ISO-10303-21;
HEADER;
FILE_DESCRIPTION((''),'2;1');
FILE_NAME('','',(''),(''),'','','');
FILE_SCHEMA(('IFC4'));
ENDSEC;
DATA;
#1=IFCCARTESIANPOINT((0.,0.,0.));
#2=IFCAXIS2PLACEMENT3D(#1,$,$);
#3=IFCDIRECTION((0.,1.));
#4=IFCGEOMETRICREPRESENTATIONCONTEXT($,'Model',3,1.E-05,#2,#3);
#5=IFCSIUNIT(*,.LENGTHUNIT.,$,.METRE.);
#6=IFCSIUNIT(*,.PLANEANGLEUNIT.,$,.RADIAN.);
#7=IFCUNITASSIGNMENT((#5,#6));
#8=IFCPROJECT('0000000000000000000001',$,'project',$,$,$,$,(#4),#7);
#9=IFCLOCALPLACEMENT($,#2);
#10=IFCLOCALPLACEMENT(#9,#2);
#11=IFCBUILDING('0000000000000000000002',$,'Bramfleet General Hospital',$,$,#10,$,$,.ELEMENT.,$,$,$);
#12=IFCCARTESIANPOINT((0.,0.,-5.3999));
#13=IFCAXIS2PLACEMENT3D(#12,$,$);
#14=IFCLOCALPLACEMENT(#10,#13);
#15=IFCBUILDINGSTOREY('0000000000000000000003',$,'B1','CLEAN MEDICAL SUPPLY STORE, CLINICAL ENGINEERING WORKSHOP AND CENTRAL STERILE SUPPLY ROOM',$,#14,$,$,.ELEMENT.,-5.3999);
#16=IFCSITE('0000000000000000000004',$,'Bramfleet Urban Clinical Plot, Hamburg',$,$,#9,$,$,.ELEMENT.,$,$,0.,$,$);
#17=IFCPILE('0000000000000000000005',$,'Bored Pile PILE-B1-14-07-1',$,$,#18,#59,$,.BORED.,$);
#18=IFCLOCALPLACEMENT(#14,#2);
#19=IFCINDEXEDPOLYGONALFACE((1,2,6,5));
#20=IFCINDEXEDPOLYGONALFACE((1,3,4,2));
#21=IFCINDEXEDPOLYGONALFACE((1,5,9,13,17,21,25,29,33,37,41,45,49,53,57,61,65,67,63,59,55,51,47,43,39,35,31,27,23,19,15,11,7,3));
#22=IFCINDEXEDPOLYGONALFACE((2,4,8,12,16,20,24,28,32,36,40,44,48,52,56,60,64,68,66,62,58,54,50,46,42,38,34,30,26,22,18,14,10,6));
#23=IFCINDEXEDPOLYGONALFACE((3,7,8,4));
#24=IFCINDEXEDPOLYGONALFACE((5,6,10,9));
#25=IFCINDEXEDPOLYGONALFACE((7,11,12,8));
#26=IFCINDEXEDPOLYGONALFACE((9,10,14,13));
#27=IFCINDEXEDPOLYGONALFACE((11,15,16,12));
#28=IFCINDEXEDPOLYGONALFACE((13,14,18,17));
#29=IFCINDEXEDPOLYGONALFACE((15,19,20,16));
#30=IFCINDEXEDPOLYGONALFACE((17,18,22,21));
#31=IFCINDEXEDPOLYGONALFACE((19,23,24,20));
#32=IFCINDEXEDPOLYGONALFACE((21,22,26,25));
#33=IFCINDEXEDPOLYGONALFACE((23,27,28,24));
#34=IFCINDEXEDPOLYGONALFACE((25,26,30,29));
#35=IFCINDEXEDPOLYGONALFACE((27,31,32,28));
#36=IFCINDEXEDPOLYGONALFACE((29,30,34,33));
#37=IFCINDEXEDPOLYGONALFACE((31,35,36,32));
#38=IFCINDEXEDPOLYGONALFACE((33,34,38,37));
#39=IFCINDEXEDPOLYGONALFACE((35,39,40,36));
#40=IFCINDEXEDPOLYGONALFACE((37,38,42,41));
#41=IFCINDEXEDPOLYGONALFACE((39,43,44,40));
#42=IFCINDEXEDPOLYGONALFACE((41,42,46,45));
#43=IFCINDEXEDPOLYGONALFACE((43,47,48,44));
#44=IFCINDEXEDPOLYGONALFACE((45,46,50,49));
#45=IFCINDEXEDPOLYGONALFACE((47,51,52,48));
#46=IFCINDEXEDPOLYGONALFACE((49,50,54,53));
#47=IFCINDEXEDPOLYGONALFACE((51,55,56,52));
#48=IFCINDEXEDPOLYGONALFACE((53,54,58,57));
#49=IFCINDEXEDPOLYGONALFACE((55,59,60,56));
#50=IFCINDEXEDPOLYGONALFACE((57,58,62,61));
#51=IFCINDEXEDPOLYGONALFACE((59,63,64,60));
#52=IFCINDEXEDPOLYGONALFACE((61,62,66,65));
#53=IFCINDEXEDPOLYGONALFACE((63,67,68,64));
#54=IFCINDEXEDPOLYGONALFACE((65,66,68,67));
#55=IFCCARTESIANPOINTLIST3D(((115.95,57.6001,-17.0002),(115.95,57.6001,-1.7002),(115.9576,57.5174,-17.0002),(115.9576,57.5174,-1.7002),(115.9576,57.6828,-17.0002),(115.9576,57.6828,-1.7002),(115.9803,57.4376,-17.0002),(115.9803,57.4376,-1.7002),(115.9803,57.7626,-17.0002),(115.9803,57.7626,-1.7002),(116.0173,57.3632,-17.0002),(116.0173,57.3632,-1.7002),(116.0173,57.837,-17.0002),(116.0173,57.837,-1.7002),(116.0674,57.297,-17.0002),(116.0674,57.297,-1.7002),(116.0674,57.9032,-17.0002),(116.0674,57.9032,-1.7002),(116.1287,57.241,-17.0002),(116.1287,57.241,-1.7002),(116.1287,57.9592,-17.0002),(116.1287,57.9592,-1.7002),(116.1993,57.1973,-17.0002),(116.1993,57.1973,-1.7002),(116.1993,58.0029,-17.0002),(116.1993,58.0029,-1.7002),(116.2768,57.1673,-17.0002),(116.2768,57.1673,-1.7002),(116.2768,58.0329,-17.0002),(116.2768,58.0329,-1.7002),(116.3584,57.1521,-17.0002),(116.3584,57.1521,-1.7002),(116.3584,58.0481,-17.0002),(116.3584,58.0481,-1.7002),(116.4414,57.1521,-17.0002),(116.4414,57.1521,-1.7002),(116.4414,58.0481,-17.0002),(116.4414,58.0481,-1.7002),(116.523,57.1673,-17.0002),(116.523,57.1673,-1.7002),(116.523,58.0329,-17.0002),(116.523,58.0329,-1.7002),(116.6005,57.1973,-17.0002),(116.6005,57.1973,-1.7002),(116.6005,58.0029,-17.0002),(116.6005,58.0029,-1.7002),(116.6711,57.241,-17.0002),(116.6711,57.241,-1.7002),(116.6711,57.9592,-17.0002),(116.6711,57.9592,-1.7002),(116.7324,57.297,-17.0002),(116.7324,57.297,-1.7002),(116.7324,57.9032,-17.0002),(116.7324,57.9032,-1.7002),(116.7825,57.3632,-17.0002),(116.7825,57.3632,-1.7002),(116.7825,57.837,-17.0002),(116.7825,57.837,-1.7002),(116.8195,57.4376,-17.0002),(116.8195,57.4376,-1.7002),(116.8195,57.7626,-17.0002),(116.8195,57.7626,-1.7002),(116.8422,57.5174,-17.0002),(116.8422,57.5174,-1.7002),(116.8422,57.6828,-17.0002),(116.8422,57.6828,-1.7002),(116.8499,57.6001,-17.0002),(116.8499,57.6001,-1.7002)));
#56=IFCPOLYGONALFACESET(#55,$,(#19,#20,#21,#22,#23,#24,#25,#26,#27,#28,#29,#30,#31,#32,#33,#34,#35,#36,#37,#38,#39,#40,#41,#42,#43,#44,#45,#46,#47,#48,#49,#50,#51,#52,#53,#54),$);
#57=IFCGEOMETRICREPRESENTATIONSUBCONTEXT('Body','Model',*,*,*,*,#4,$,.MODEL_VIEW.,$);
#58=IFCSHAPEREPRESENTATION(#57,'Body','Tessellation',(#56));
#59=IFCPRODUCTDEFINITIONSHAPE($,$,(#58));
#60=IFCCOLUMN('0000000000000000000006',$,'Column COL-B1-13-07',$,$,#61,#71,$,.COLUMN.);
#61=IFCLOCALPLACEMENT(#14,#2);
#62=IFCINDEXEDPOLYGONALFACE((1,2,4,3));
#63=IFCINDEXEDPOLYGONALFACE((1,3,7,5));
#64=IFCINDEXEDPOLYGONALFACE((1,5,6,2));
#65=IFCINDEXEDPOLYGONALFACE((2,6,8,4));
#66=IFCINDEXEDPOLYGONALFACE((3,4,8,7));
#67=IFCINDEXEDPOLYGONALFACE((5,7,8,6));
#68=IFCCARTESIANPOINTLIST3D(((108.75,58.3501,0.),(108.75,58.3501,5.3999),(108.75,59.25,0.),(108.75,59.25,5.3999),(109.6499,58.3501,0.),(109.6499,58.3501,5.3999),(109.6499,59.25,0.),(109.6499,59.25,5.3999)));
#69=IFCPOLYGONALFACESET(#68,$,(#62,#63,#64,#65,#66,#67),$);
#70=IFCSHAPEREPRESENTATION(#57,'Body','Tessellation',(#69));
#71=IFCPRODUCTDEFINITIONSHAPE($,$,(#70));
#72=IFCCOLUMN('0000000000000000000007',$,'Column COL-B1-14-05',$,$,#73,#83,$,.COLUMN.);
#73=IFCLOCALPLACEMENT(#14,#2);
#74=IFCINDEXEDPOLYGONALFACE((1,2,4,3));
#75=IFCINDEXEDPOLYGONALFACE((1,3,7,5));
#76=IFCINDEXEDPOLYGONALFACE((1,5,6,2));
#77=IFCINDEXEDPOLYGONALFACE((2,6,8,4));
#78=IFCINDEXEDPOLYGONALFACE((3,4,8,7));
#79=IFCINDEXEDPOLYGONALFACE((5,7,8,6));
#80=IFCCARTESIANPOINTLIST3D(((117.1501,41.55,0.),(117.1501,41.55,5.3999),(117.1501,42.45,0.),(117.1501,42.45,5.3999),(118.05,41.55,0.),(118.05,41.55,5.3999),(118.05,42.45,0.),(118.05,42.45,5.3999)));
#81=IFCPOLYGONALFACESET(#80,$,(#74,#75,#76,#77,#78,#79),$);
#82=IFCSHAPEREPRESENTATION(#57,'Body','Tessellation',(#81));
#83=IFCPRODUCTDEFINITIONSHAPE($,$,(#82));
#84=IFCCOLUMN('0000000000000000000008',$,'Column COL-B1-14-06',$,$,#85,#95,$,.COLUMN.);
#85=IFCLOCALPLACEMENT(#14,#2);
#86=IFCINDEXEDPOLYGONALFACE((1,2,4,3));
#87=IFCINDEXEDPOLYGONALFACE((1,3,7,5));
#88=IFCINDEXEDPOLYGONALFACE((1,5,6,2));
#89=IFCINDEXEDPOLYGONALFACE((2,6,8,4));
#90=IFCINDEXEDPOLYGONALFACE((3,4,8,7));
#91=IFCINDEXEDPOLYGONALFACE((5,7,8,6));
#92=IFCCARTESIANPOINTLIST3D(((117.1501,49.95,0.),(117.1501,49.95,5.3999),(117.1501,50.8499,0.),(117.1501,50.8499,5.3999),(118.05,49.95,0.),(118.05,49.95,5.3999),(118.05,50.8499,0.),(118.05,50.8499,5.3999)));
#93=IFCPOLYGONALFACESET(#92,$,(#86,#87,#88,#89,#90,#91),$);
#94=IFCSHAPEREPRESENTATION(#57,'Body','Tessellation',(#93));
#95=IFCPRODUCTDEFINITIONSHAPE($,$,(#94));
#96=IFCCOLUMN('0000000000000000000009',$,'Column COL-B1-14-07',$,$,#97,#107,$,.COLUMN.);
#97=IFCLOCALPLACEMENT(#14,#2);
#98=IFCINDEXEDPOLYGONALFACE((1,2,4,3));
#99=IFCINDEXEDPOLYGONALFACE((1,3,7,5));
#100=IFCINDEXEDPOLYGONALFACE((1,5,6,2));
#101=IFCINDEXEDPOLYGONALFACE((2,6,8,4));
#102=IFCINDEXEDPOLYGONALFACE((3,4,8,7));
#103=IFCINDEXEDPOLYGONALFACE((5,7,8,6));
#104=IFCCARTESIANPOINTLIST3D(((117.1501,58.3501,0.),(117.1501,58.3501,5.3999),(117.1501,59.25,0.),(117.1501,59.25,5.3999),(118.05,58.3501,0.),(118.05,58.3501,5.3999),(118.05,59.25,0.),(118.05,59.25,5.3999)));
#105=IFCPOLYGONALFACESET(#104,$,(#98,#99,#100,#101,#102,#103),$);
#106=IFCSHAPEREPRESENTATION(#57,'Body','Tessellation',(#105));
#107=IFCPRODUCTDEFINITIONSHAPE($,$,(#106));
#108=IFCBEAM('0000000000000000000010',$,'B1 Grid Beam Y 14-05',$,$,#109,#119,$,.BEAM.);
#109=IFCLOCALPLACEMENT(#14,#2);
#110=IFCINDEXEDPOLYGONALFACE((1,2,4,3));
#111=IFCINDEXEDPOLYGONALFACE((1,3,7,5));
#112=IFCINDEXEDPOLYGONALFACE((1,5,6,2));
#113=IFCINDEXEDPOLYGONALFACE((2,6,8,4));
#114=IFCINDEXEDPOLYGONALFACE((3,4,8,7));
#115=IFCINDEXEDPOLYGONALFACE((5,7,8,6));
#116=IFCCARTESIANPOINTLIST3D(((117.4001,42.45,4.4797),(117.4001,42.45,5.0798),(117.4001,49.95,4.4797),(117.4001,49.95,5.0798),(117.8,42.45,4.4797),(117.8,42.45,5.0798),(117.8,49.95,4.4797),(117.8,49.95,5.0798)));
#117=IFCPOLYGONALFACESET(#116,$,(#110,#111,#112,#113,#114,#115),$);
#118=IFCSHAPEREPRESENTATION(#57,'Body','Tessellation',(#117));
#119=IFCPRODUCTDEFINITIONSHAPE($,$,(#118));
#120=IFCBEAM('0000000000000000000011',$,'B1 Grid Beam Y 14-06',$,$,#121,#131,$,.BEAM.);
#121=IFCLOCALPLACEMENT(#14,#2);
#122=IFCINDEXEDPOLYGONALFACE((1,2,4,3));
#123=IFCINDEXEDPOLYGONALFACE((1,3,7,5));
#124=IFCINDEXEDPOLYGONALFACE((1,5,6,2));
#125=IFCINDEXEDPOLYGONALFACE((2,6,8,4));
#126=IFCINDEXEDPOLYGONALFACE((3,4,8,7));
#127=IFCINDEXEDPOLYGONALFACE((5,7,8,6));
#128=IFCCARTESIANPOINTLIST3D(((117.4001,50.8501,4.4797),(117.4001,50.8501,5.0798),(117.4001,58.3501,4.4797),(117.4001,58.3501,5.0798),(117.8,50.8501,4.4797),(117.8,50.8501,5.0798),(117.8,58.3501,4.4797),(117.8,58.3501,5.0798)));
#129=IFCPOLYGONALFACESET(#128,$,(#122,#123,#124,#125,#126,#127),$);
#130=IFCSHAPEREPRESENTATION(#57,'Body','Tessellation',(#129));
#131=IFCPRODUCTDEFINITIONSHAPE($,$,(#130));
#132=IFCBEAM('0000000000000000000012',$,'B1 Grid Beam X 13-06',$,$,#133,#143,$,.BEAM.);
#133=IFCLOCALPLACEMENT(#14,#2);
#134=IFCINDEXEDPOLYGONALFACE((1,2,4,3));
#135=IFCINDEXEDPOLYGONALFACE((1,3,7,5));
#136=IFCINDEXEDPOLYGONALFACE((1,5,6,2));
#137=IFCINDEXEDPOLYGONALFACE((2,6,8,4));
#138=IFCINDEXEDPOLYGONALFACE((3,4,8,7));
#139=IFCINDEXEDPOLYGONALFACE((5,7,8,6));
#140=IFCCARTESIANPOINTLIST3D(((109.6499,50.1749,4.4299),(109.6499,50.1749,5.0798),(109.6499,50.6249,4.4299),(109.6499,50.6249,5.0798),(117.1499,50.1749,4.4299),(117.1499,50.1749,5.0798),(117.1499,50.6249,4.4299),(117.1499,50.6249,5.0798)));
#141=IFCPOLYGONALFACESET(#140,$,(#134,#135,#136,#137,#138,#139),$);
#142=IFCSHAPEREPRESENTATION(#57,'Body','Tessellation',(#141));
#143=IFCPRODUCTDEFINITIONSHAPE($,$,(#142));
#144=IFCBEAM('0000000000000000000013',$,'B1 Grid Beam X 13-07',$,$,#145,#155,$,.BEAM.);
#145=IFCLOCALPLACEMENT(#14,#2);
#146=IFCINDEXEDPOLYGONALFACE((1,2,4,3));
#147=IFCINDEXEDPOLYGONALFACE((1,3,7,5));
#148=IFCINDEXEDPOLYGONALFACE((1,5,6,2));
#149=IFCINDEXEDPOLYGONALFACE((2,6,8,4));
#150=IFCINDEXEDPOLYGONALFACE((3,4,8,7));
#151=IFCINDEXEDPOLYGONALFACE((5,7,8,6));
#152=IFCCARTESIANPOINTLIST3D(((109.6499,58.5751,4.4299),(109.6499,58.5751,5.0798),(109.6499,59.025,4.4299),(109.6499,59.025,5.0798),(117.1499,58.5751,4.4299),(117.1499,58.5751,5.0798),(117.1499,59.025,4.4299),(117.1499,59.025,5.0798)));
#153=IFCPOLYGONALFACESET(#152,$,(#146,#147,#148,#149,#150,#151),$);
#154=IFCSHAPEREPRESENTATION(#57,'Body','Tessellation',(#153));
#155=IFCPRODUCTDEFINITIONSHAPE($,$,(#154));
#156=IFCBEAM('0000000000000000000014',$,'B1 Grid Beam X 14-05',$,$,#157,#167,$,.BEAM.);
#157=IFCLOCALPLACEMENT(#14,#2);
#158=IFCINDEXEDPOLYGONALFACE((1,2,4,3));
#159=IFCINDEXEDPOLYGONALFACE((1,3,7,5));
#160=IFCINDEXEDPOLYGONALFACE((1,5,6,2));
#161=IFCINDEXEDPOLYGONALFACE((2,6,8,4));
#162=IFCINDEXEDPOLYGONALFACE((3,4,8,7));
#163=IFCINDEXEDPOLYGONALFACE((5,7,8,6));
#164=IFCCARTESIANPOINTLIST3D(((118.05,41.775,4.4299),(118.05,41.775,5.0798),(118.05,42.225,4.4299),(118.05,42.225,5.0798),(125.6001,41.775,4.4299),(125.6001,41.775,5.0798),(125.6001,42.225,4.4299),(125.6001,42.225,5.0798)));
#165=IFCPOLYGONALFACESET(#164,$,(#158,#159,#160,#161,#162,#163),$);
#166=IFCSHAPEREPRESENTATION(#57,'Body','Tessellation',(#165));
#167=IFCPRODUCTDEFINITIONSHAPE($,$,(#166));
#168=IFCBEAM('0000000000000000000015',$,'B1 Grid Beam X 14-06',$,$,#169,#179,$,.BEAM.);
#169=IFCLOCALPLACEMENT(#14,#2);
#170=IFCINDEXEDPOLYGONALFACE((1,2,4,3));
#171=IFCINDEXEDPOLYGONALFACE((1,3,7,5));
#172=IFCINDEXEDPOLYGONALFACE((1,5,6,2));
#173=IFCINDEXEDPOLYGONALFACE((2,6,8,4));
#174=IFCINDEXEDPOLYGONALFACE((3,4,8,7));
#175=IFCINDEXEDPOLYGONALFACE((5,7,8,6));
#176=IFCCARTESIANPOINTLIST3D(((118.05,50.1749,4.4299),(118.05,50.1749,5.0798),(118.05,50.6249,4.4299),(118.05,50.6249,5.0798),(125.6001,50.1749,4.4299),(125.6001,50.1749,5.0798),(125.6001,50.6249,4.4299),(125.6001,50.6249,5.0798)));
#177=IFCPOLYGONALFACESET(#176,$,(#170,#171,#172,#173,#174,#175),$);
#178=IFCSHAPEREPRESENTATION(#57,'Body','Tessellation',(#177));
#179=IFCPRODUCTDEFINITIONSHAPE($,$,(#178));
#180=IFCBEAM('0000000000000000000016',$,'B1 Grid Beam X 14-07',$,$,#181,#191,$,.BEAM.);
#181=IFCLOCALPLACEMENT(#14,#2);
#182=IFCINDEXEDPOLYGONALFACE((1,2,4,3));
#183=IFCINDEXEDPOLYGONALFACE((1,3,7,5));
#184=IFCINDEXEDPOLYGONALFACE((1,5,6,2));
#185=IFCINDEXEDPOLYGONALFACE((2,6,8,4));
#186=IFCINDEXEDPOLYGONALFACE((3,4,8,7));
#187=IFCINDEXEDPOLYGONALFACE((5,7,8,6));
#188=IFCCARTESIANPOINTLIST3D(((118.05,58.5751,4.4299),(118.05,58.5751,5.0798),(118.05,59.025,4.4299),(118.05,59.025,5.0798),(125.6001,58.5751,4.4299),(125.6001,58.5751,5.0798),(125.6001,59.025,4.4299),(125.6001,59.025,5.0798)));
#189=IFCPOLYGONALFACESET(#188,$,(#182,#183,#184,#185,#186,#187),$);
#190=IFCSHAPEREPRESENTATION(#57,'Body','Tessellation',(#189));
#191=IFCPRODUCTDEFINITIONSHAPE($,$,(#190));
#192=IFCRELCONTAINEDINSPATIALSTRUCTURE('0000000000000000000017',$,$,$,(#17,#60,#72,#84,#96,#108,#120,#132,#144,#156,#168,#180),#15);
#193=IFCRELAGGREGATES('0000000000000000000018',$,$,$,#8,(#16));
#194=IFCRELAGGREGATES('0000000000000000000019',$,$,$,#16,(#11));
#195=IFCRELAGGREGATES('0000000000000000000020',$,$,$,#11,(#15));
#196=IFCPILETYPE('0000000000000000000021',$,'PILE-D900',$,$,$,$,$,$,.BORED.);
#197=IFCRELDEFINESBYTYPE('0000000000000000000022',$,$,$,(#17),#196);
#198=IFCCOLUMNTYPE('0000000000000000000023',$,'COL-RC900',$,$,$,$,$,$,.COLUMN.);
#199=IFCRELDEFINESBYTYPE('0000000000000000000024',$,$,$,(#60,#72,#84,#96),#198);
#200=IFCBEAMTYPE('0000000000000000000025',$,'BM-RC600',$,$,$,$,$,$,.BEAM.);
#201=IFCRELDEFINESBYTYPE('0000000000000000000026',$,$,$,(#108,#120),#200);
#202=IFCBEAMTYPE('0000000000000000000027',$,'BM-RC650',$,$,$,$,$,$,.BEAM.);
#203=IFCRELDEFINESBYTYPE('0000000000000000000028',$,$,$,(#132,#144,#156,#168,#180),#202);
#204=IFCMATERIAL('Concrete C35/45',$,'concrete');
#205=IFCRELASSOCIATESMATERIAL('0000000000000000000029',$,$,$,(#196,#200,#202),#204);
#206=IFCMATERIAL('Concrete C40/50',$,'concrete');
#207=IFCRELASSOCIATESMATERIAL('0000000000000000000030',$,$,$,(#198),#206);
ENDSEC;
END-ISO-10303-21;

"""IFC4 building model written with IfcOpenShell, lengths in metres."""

from ifc_helpers import new_model, si_unit, direction, frame, origin, origin_2d, place, context, subcontext, project, spatial, rectangle, circle, extrude, material, material_profile, profile_set, type_object, element, save


model = new_model("IFC4")

# Units and contexts
model_context = context("Model", 3, precision=1e-05, world=origin(), true_north=direction((0.0, 1.0)))
body_context = subcontext(model_context, "Body", "Model", "MODEL_VIEW")
ifc_project = project(units=[si_unit("LENGTHUNIT", "METRE"), si_unit("PLANEANGLEUNIT", "RADIAN")], contexts=[model_context])

# Site, building, storey
site_placement = place(None, origin())
site = spatial("IfcSite", under=ifc_project, at=site_placement, Name="Bramfleet Urban Clinical Plot, Hamburg", CompositionType="ELEMENT", RefElevation=0.0)
building_placement = place(site_placement, origin())
building = spatial("IfcBuilding", under=site, at=building_placement, Name="Bramfleet General Hospital", CompositionType="ELEMENT")
storey_placement = place(building_placement, frame((0.0, 0.0, -5.3999)))
storey = spatial("IfcBuildingStorey", under=building, at=storey_placement, Name="B1", Description="CLEAN MEDICAL SUPPLY STORE, CLINICAL ENGINEERING WORKSHOP AND CENTRAL STERILE SUPPLY ROOM", CompositionType="ELEMENT", Elevation=-5.3999)

# Shared definitions
ifc_material_1 = material(Name="Concrete C35/45", Category="concrete")

# Pile
ifc_material_profile_1 = material_profile(ifc_material_1, circle(Radius=0.45, at=origin_2d()), Name="PILE BORED D900")
ifc_profile_set_1 = profile_set([ifc_material_profile_1], Name="Concrete C35/45")
pile_type = type_object("IfcPileType", Name="PILE-D900", PredefinedType="BORED", material=ifc_profile_set_1)
for number, where, z_axis, x_axis, name in (
    (1, (116.3999, 57.6001, -1.7002), (0.0, 0.0, -1.0), (1.0, 0.0, 0.0), "Bored Pile PILE-B1-14-07-1"),
):
    element("IfcPile", number, at=place(storey_placement, frame(where, z_axis=z_axis, x_axis=x_axis)), inside=storey, type_object=pile_type, Name=name, PredefinedType="BORED", context=body_context, shape_type="SweptSolid", body=[
        extrude(circle(Radius=0.45, at=origin_2d()), origin(), (0.0, 0.0, 1.0), 15.3),
    ])

# Columns
ifc_material_2 = material(Name="Concrete C40/50", Category="concrete")
ifc_material_profile_2 = material_profile(ifc_material_2, rectangle(XDim=0.8999, YDim=0.8999, at=origin_2d()), Name="RC COL 900x900")
ifc_profile_set_2 = profile_set([ifc_material_profile_2], Name="Concrete C40/50")
column_type = type_object("IfcColumnType", Name="COL-RC900", PredefinedType="COLUMN", material=ifc_profile_set_2)
for number, where, z_axis, x_axis, name in (
    (2, (109.2, 58.8, 0.0), (0.0, 0.0, 1.0), (1.0, 0.0, 0.0), "Column COL-B1-13-07"),
    (3, (117.6001, 42.0, 0.0), (0.0, 0.0, 1.0), (1.0, 0.0, 0.0), "Column COL-B1-14-05"),
    (4, (117.6001, 50.3999, 0.0), (0.0, 0.0, 1.0), (1.0, 0.0, 0.0), "Column COL-B1-14-06"),
    (5, (117.6001, 58.8, 0.0), (0.0, 0.0, 1.0), (1.0, 0.0, 0.0), "Column COL-B1-14-07"),
):
    element("IfcColumn", number, at=place(storey_placement, frame(where, z_axis=z_axis, x_axis=x_axis)), inside=storey, type_object=column_type, Name=name, PredefinedType="COLUMN", context=body_context, shape_type="SweptSolid", body=[
        extrude(rectangle(XDim=0.8999, YDim=0.8999, at=origin_2d()), origin(), (0.0, 0.0, 1.0), 5.3999),
    ])

# Beams
ifc_material_profile_3 = material_profile(ifc_material_1, rectangle(XDim=0.3999, YDim=0.6001, at=origin_2d()), Name="RC BM 600x400")
ifc_profile_set_3 = profile_set([ifc_material_profile_3], Name="Concrete C35/45")
beam_type_1 = type_object("IfcBeamType", Name="BM-RC600", PredefinedType="BEAM", material=ifc_profile_set_3)
for number, where, z_axis, x_axis, name in (
    (6, (117.6001, 42.45, 4.7798), (0.0, 1.0, 0.0), (-1.0, 0.0, 0.0), "B1 Grid Beam Y 14-05"),
    (7, (117.6001, 50.8501, 4.7798), (0.0, 1.0, 0.0), (-1.0, 0.0, 0.0), "B1 Grid Beam Y 14-06"),
):
    element("IfcBeam", number, at=place(storey_placement, frame(where, z_axis=z_axis, x_axis=x_axis)), inside=storey, type_object=beam_type_1, Name=name, PredefinedType="BEAM", context=body_context, shape_type="SweptSolid", body=[
        extrude(rectangle(XDim=0.3999, YDim=0.6001, at=origin_2d()), origin(), (0.0, 0.0, 1.0), 7.5),
    ])
ifc_material_profile_4 = material_profile(ifc_material_1, rectangle(XDim=0.45, YDim=0.6499, at=origin_2d()), Name="RC BM 650x450")
ifc_profile_set_4 = profile_set([ifc_material_profile_4], Name="Concrete C35/45")
beam_type_2 = type_object("IfcBeamType", Name="BM-RC650", PredefinedType="BEAM", material=ifc_profile_set_4)
for number, where, z_axis, x_axis, name in (
    (8, (109.6499, 50.3999, 4.7549), (1.0, 0.0, 0.0), (0.0, 1.0, 0.0), "B1 Grid Beam X 13-06"),
    (9, (109.6499, 58.8, 4.7549), (1.0, 0.0, 0.0), (0.0, 1.0, 0.0), "B1 Grid Beam X 13-07"),
):
    element("IfcBeam", number, at=place(storey_placement, frame(where, z_axis=z_axis, x_axis=x_axis)), inside=storey, type_object=beam_type_2, Name=name, PredefinedType="BEAM", context=body_context, shape_type="SweptSolid", body=[
        extrude(rectangle(XDim=0.45, YDim=0.6499, at=origin_2d()), origin(), (0.0, 0.0, 1.0), 7.5),
    ])
for number, where, z_axis, x_axis, name in (
    (10, (118.05, 42.0, 4.7549), (1.0, 0.0, 0.0), (0.0, 1.0, 0.0), "B1 Grid Beam X 14-05"),
    (11, (118.05, 50.3999, 4.7549), (1.0, 0.0, 0.0), (0.0, 1.0, 0.0), "B1 Grid Beam X 14-06"),
    (12, (118.05, 58.8, 4.7549), (1.0, 0.0, 0.0), (0.0, 1.0, 0.0), "B1 Grid Beam X 14-07"),
):
    element("IfcBeam", number, at=place(storey_placement, frame(where, z_axis=z_axis, x_axis=x_axis)), inside=storey, type_object=beam_type_2, Name=name, PredefinedType="BEAM", context=body_context, shape_type="SweptSolid", body=[
        extrude(rectangle(XDim=0.45, YDim=0.6499, at=origin_2d()), origin(), (0.0, 0.0, 1.0), 7.55),
    ])

save(model, "model.ifc")
